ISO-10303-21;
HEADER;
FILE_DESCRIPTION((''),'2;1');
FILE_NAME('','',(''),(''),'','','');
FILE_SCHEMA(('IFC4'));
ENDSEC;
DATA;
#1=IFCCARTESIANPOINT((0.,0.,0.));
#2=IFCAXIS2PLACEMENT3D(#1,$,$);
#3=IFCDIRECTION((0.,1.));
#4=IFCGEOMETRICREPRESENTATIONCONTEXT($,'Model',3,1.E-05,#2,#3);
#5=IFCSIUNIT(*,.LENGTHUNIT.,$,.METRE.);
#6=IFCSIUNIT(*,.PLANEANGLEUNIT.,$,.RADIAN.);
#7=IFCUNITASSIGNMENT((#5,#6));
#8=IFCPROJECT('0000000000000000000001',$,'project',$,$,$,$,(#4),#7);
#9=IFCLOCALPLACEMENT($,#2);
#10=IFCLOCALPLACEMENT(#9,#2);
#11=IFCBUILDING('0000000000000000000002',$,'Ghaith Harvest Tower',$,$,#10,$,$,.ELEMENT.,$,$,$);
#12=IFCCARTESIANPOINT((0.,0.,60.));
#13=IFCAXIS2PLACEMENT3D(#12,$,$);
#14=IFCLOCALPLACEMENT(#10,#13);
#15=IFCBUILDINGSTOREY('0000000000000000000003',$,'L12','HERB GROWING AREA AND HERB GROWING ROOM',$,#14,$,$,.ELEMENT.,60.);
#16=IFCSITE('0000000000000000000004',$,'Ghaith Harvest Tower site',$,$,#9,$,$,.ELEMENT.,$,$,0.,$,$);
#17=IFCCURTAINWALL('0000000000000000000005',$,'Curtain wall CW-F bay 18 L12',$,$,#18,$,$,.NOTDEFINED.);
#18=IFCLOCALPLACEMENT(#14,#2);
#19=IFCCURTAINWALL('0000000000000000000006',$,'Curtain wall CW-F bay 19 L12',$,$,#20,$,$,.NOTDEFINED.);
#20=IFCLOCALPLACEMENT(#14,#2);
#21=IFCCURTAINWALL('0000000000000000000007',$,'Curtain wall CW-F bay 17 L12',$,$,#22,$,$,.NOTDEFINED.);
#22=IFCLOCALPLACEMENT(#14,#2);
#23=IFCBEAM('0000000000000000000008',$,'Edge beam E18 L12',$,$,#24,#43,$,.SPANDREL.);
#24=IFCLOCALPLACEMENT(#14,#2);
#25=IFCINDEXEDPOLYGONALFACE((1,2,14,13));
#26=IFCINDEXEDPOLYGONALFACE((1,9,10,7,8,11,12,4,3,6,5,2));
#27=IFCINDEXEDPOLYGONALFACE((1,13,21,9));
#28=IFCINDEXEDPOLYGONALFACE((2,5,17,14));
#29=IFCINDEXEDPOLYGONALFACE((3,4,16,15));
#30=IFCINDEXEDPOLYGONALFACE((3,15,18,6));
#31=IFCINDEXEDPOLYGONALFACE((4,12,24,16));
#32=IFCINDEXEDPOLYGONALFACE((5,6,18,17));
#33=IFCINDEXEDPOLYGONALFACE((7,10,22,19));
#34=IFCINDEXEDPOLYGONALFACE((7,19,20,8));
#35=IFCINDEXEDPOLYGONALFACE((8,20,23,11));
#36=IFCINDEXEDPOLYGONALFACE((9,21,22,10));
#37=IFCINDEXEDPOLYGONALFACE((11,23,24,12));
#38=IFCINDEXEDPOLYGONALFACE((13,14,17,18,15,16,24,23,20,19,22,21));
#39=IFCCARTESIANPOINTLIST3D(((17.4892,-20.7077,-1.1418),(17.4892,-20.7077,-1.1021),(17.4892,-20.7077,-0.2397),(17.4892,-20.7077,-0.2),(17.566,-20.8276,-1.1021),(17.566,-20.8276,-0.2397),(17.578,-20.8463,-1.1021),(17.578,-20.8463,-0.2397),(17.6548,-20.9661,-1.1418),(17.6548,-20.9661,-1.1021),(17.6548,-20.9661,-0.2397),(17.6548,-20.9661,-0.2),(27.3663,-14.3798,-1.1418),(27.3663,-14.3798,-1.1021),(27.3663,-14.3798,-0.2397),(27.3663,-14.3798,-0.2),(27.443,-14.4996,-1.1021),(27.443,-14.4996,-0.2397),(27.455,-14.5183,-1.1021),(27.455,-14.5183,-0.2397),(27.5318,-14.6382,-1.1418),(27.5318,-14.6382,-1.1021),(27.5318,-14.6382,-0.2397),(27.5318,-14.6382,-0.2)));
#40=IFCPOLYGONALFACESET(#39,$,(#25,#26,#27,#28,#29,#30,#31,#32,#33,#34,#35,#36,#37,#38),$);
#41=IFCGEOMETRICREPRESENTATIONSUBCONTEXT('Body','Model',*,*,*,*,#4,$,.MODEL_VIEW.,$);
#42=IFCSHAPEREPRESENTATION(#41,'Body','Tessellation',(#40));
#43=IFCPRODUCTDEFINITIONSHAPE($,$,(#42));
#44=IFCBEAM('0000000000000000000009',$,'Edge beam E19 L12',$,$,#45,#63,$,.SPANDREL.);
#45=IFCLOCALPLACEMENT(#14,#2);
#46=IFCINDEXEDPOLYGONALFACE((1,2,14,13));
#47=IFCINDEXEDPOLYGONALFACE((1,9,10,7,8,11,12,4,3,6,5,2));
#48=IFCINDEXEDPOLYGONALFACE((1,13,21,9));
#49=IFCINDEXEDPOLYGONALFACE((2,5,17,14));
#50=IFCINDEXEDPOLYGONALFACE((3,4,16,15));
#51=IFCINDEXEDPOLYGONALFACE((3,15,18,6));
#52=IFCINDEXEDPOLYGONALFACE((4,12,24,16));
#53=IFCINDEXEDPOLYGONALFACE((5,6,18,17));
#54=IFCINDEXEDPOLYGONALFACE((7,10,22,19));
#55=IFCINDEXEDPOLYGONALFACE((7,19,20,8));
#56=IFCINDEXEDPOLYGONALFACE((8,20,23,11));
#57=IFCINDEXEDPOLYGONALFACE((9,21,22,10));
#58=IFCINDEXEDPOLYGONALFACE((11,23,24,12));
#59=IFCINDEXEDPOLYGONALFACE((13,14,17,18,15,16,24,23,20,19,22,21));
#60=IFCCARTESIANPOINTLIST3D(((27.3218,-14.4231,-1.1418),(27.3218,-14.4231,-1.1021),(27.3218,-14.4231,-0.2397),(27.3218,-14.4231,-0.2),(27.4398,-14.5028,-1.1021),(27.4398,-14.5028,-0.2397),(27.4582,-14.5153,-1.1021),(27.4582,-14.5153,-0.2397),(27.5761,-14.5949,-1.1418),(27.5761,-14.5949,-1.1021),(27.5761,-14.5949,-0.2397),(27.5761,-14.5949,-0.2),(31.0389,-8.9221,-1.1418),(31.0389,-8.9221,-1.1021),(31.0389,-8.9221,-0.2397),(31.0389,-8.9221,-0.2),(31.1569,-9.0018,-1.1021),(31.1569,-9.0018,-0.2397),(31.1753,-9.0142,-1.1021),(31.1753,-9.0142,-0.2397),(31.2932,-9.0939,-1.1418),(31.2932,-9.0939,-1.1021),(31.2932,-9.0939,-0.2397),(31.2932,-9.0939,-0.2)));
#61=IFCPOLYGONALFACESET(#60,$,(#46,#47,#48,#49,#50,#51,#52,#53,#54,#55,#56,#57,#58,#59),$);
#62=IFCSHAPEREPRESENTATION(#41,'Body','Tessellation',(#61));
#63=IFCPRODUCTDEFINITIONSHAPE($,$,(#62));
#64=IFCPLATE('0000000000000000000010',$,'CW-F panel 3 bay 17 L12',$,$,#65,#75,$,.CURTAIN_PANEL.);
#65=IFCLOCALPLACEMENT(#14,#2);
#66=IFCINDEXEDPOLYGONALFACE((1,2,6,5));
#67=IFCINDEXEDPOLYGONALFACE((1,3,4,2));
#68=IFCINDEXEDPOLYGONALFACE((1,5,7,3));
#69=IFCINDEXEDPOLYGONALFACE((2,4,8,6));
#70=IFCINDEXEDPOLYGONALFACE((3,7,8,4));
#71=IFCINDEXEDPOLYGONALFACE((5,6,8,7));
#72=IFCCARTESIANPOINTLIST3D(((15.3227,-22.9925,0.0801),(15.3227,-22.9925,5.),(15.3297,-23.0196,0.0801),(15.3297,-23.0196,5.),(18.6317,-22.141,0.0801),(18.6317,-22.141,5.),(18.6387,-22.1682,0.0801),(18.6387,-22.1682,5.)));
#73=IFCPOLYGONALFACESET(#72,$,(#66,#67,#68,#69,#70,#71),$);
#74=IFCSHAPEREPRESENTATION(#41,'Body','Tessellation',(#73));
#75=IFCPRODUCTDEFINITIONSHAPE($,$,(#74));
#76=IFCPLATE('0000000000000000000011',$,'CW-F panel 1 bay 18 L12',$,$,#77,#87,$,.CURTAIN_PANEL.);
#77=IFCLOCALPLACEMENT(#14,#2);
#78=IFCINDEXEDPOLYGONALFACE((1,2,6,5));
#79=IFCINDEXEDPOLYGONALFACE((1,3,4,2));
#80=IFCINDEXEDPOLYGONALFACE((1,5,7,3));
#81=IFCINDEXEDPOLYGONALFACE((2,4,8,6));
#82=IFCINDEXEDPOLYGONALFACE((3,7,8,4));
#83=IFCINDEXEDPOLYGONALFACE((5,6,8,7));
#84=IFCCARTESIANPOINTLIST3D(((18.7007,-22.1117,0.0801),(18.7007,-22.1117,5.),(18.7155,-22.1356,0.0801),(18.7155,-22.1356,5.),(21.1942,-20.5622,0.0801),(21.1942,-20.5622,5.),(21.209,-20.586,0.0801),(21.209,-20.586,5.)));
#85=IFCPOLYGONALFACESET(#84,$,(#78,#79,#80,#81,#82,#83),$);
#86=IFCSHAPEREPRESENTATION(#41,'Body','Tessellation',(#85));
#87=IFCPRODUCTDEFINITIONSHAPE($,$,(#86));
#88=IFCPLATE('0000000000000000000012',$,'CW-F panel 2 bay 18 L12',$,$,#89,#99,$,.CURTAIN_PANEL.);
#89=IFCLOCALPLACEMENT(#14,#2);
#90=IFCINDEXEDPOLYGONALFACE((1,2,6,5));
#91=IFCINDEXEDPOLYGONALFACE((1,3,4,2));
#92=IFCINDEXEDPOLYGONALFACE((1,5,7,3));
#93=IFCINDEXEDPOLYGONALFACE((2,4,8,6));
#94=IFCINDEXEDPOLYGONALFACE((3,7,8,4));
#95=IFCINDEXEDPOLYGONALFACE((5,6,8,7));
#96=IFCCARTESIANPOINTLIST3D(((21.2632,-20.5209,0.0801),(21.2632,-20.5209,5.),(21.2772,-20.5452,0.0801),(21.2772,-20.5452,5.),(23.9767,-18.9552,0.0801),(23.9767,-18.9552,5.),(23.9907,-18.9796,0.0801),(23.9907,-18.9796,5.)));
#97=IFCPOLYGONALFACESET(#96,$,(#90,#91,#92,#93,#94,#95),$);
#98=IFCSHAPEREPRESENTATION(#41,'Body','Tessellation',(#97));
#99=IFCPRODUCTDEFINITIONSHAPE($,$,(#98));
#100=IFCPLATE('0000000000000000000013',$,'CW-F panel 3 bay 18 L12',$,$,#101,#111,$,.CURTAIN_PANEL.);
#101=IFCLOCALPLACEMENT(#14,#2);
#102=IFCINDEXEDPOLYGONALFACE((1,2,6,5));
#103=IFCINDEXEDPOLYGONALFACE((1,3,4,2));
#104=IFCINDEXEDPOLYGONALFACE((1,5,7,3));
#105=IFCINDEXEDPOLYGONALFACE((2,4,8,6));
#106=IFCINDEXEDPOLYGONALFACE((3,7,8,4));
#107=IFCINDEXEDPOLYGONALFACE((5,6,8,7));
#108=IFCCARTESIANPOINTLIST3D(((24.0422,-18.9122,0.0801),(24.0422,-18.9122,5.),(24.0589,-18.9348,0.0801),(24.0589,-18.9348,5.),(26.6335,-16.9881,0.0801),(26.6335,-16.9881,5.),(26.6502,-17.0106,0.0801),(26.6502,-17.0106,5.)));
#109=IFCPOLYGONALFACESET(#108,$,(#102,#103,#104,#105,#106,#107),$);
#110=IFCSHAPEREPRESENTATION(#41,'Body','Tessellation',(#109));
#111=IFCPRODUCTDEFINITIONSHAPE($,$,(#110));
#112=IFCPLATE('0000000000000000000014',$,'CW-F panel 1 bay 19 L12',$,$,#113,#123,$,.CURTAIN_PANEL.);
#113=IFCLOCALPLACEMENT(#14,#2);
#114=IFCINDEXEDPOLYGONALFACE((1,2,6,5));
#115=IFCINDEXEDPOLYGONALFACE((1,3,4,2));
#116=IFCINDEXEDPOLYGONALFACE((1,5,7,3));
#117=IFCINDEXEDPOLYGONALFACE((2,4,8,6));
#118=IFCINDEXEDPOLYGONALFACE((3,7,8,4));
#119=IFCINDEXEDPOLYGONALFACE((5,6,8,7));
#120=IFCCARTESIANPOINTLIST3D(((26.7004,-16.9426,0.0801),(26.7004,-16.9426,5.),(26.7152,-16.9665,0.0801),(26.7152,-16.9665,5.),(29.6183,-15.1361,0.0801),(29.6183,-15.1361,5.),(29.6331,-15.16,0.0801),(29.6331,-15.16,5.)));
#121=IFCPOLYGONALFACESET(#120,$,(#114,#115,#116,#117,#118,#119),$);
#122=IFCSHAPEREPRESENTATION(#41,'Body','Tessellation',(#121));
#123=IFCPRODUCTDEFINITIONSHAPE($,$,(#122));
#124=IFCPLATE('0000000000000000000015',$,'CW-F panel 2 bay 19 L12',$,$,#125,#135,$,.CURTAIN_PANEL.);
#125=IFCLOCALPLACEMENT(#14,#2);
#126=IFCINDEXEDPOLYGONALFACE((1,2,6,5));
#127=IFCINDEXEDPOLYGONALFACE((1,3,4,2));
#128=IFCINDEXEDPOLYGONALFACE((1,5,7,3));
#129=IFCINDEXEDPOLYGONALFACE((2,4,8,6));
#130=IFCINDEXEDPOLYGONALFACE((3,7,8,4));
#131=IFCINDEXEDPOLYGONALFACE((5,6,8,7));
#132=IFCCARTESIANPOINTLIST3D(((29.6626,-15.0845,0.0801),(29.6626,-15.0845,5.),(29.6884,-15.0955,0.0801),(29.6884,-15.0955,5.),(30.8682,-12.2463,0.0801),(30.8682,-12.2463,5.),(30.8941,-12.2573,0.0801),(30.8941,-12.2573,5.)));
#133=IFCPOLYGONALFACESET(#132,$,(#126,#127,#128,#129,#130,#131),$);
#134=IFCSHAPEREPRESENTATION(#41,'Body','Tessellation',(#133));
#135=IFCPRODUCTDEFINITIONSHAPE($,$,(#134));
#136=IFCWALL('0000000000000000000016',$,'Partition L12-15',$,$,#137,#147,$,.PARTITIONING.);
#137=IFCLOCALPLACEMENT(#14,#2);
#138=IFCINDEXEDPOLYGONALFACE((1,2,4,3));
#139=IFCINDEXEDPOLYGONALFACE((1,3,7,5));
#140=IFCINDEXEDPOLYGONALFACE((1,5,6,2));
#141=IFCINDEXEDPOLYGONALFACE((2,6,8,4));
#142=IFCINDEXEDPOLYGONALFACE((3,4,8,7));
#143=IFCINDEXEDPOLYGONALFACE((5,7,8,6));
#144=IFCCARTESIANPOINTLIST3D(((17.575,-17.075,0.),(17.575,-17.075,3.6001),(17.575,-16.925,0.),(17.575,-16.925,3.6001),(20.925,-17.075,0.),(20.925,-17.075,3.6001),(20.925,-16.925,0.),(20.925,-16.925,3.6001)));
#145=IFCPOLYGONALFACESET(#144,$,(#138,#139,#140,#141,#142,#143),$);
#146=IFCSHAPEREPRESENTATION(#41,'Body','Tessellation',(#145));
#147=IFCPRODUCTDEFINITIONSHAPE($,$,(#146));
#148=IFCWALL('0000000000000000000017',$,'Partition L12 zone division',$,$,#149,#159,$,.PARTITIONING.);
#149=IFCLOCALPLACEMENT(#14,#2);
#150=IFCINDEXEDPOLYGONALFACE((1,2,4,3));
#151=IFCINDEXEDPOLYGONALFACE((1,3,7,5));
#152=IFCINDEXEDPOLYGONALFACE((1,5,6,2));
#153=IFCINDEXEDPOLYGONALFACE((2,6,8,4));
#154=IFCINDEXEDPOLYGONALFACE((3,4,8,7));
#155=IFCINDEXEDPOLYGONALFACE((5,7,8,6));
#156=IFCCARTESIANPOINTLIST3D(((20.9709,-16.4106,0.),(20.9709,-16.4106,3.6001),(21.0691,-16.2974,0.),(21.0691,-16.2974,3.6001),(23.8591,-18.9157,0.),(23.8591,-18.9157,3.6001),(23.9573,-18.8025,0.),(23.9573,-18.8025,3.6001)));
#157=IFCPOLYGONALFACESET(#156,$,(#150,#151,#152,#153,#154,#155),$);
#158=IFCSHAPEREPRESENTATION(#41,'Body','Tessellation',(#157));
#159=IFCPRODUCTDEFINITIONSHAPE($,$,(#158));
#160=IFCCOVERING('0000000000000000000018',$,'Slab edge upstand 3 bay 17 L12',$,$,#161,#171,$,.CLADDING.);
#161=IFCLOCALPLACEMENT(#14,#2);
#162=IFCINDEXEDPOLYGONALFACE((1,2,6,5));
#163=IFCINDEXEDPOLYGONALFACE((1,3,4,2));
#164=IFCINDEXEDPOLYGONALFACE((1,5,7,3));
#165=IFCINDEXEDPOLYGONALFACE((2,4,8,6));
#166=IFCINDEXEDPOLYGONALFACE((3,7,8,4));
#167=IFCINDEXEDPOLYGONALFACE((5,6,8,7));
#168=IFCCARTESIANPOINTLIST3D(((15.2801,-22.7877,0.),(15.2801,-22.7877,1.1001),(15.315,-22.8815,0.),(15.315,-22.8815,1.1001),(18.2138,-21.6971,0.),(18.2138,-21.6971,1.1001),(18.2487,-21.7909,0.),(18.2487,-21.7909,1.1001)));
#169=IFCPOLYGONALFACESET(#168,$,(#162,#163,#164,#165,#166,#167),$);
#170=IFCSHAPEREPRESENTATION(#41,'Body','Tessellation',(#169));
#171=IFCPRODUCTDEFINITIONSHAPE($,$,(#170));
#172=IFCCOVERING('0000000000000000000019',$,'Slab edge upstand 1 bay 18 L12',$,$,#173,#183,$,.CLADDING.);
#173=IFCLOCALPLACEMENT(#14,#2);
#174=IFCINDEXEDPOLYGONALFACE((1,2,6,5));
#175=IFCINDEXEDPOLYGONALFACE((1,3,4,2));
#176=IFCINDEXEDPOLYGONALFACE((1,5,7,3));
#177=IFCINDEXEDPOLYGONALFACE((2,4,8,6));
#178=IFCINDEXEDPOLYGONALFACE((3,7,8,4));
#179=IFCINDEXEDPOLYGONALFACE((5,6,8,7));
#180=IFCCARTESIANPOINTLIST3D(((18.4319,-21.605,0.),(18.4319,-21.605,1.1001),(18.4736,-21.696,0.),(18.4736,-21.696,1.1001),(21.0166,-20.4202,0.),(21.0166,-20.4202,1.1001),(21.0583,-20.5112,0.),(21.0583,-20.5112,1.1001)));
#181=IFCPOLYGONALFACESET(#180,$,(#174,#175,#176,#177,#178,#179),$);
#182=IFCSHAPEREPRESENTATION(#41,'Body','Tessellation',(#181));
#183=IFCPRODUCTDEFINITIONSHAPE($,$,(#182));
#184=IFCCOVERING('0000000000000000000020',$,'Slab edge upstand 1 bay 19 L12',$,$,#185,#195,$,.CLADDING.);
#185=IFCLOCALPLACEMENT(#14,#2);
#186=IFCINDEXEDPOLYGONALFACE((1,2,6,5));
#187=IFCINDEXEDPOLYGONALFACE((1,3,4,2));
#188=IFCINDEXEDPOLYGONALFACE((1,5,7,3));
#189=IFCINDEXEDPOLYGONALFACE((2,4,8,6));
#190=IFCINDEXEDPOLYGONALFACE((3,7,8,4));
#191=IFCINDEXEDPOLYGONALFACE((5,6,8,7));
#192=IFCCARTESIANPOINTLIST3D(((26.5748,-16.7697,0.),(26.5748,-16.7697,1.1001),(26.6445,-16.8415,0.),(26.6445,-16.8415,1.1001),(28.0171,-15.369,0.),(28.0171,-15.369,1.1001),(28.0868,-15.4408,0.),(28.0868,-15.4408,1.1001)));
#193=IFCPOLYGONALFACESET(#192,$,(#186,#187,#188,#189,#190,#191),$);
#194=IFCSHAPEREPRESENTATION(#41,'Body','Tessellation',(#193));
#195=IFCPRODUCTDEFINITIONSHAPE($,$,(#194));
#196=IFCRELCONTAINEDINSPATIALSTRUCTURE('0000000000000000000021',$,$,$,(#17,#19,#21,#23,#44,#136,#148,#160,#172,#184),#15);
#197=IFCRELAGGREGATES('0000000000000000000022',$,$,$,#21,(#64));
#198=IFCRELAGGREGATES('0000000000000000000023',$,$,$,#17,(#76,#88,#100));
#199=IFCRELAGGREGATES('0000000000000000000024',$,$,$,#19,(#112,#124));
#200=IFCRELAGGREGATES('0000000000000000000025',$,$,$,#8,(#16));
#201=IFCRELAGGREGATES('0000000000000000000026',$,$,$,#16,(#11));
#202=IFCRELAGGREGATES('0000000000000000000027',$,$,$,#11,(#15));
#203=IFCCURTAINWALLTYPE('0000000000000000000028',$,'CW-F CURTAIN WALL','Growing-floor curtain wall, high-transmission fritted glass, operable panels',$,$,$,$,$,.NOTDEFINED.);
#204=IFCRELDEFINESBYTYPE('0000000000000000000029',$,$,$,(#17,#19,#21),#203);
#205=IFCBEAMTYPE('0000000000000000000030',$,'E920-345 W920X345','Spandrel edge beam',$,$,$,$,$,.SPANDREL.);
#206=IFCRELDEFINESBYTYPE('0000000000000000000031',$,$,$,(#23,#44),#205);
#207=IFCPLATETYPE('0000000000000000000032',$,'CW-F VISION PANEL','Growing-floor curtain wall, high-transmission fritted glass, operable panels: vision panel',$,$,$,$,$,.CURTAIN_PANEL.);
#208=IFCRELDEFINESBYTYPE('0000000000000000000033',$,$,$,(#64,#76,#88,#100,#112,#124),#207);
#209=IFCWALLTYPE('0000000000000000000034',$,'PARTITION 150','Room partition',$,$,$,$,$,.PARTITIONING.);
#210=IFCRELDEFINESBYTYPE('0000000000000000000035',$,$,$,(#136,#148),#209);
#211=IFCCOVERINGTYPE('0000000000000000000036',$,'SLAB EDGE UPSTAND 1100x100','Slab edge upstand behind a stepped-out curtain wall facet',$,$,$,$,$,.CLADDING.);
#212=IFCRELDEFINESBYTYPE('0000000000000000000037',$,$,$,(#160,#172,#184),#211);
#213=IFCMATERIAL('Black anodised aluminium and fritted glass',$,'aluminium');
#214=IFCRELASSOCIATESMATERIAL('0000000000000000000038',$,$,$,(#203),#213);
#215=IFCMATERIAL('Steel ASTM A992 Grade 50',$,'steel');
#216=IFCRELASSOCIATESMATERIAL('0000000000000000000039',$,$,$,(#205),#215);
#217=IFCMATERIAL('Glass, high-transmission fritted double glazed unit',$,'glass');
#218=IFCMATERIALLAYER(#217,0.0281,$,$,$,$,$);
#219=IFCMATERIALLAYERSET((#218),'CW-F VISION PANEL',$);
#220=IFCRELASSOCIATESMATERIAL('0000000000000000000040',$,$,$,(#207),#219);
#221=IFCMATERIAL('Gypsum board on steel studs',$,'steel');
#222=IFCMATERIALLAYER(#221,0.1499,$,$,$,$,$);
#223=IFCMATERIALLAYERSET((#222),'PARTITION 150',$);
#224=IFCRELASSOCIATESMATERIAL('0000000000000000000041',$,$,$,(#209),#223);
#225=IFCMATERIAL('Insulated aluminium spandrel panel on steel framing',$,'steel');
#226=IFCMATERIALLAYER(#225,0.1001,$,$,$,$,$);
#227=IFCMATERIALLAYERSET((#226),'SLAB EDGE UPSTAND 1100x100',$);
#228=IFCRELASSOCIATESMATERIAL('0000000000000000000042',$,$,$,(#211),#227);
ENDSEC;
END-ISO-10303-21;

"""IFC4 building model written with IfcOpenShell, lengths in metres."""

from ifc_helpers import new_model, si_unit, direction, frame, frame_2d, origin, origin_2d, place, context, subcontext, project, spatial, rectangle, i_section, extrude, material, layer, layer_set, material_profile, profile_set, type_object, element, aggregate, save


model = new_model("IFC4")

# Units and contexts
model_context = context("Model", 3, precision=1e-05, world=origin(), true_north=direction((0.0, 1.0)))
body_context = subcontext(model_context, "Body", "Model", "MODEL_VIEW")
ifc_project = project(units=[si_unit("LENGTHUNIT", "METRE"), si_unit("PLANEANGLEUNIT", "RADIAN")], contexts=[model_context])

# Site, building, storey
site_placement = place(None, origin())
site = spatial("IfcSite", under=ifc_project, at=site_placement, Name="Ghaith Harvest Tower site", CompositionType="ELEMENT", RefElevation=0.0)
building_placement = place(site_placement, origin())
building = spatial("IfcBuilding", under=site, at=building_placement, Name="Ghaith Harvest Tower", CompositionType="ELEMENT")
storey_placement = place(building_placement, frame((0.0, 0.0, 60.0)))
storey = spatial("IfcBuildingStorey", under=building, at=storey_placement, Name="L12", Description="HERB GROWING AREA AND HERB GROWING ROOM", CompositionType="ELEMENT", Elevation=60.0)

# Curtain walls
ifc_material_1 = material(Name="Black anodised aluminium and fritted glass", Category="aluminium")
curtain_wall_type = type_object("IfcCurtainWallType", Name="CW-F CURTAIN WALL", Description="Growing-floor curtain wall, high-transmission fritted glass, operable panels", PredefinedType="NOTDEFINED", material=ifc_material_1)
curtain_wall_1_placement = place(storey_placement, origin())
curtain_wall_1 = element("IfcCurtainWall", 1, at=curtain_wall_1_placement, inside=storey, type_object=curtain_wall_type, Name="Curtain wall CW-F bay 18 L12", PredefinedType="NOTDEFINED")
curtain_wall_2_placement = place(storey_placement, origin())
curtain_wall_2 = element("IfcCurtainWall", 2, at=curtain_wall_2_placement, inside=storey, type_object=curtain_wall_type, Name="Curtain wall CW-F bay 19 L12", PredefinedType="NOTDEFINED")

# Curtain wall
curtain_wall_3_placement = place(storey_placement, origin())
curtain_wall_3 = element("IfcCurtainWall", 3, at=curtain_wall_3_placement, inside=storey, type_object=curtain_wall_type, Name="Curtain wall CW-F bay 17 L12", PredefinedType="NOTDEFINED")

# Beams
ifc_material_2 = material(Name="Steel ASTM A992 Grade 50", Category="steel")
ifc_material_profile_1 = material_profile(ifc_material_2, i_section(OverallWidth=0.3069, OverallDepth=0.9419, WebThickness=0.0222, FlangeThickness=0.0398, at=origin_2d()), Name="W920X345")
ifc_profile_set_1 = profile_set([ifc_material_profile_1], Name="Steel ASTM A992 Grade 50")
beam_type = type_object("IfcBeamType", Name="E920-345 W920X345", Description="Spandrel edge beam", PredefinedType="SPANDREL", material=ifc_profile_set_1)
beam_1_placement = place(storey_placement, frame((17.572, -20.8369, -0.6709), z_axis=(0.842015, 0.539455, 0.0), x_axis=(-0.539455, 0.842015, 0.0)))
element("IfcBeam", 4, at=beam_1_placement, inside=storey, type_object=beam_type, Name="Edge beam E18 L12", PredefinedType="SPANDREL", context=body_context, shape_type="SweptSolid", body=[
    extrude(i_section(OverallWidth=0.3069, OverallDepth=0.9419, WebThickness=0.0222, FlangeThickness=0.0398, at=origin_2d()), origin(), (0.0, 0.0, 1.0), 11.7302),
])
beam_2_placement = place(storey_placement, frame((27.449, -14.509, -0.6709), z_axis=(0.559874, 0.828577, 0.0), x_axis=(-0.828577, 0.559874, 0.0)))
element("IfcBeam", 5, at=beam_2_placement, inside=storey, type_object=beam_type, Name="Edge beam E19 L12", PredefinedType="SPANDREL", context=body_context, shape_type="SweptSolid", body=[
    extrude(i_section(OverallWidth=0.3069, OverallDepth=0.9419, WebThickness=0.0222, FlangeThickness=0.0398, at=origin_2d()), origin(), (0.0, 0.0, 1.0), 6.6392),
])

# Plates
ifc_material_3 = material(Name="Glass, high-transmission fritted double glazed unit", Category="glass")
ifc_layer_1 = layer(ifc_material_3, 0.0281)
ifc_layer_set_1 = layer_set([ifc_layer_1], Name="CW-F VISION PANEL")
plate_type = type_object("IfcPlateType", Name="CW-F VISION PANEL", Description="Growing-floor curtain wall, high-transmission fritted glass, operable panels: vision panel", PredefinedType="CURTAIN_PANEL", material=ifc_layer_set_1)
plate_1_placement = place(storey_placement, frame((16.9807, -22.5803, 0.0801), z_axis=(0.0, 0.0, 1.0), x_axis=(0.968451, 0.249202, 0.0)))
plate_1 = element("IfcPlate", 6, at=plate_1_placement, type_object=plate_type, Name="CW-F panel 3 bay 17 L12", PredefinedType="CURTAIN_PANEL", context=body_context, shape_type="SweptSolid", body=[
    extrude(rectangle(XDim=3.4167, YDim=0.0281, at=origin_2d()), origin(), (0.0, 0.0, 1.0), 4.9199),
])
aggregate(curtain_wall_3, [plate_1])
plate_2_placement = place(storey_placement, frame((19.9548, -21.3489, 0.0801), z_axis=(0.0, 0.0, 1.0), x_axis=(0.849361, 0.527813, 0.0)))
plate_2 = element("IfcPlate", 7, at=plate_2_placement, type_object=plate_type, Name="CW-F panel 1 bay 18 L12", PredefinedType="CURTAIN_PANEL", context=body_context, shape_type="SweptSolid", body=[
    extrude(rectangle(XDim=2.9358, YDim=0.0281, at=origin_2d()), origin(), (0.0, 0.0, 1.0), 4.9199),
])
plate_3_placement = place(storey_placement, frame((22.627, -19.7502, 0.0801), z_axis=(0.0, 0.0, 1.0), x_axis=(0.866159, 0.499768, 0.0)))
plate_3 = element("IfcPlate", 8, at=plate_3_placement, type_object=plate_type, Name="CW-F panel 2 bay 18 L12", PredefinedType="CURTAIN_PANEL", context=body_context, shape_type="SweptSolid", body=[
    extrude(rectangle(XDim=3.1328, YDim=0.0281, at=origin_2d()), origin(), (0.0, 0.0, 1.0), 4.9199),
])
plate_4_placement = place(storey_placement, frame((25.3462, -17.9614, 0.0801), z_axis=(0.0, 0.0, 1.0), x_axis=(0.802867, 0.596158, 0.0)))
plate_4 = element("IfcPlate", 9, at=plate_4_placement, type_object=plate_type, Name="CW-F panel 3 bay 18 L12", PredefinedType="CURTAIN_PANEL", context=body_context, shape_type="SweptSolid", body=[
    extrude(rectangle(XDim=3.2275, YDim=0.0281, at=origin_2d()), origin(), (0.0, 0.0, 1.0), 4.9199),
])
aggregate(curtain_wall_1, [plate_2, plate_3, plate_4])
plate_5_placement = place(storey_placement, frame((28.1667, -16.0513, 0.0801), z_axis=(0.0, 0.0, 1.0), x_axis=(0.850246, 0.526386, 0.0)))
plate_5 = element("IfcPlate", 10, at=plate_5_placement, type_object=plate_type, Name="CW-F panel 1 bay 19 L12", PredefinedType="CURTAIN_PANEL", context=body_context, shape_type="SweptSolid", body=[
    extrude(rectangle(XDim=3.4319, YDim=0.0281, at=origin_2d()), origin(), (0.0, 0.0, 1.0), 4.9199),
])
plate_6_placement = place(storey_placement, frame((30.2783, -13.6709, 0.0801), z_axis=(0.0, 0.0, 1.0), x_axis=(0.39098, 0.920399, 0.0)))
plate_6 = element("IfcPlate", 11, at=plate_6_placement, type_object=plate_type, Name="CW-F panel 2 bay 19 L12", PredefinedType="CURTAIN_PANEL", context=body_context, shape_type="SweptSolid", body=[
    extrude(rectangle(XDim=3.0837, YDim=0.0281, at=origin_2d()), origin(), (0.0, 0.0, 1.0), 4.9199),
])
aggregate(curtain_wall_2, [plate_5, plate_6])

# Walls
ifc_material_4 = material(Name="Gypsum board on steel studs", Category="steel")
ifc_layer_2 = layer(ifc_material_4, 0.1499)
ifc_layer_set_2 = layer_set([ifc_layer_2], Name="PARTITION 150")
wall_type = type_object("IfcWallType", Name="PARTITION 150", Description="Room partition", PredefinedType="PARTITIONING", material=ifc_layer_set_2)
wall_1_placement = place(storey_placement, frame((17.575, -17.0, 0.0), z_axis=(0.0, 0.0, 1.0), x_axis=(1.0, 0.0, 0.0)))
element("IfcWall", 12, at=wall_1_placement, inside=storey, type_object=wall_type, Name="Partition L12-15", PredefinedType="PARTITIONING", context=body_context, shape_type="SweptSolid", body=[
    extrude(rectangle(XDim=3.3501, YDim=0.1499, at=frame_2d((1.675, 0.0))), origin(), (0.0, 0.0, 1.0), 3.6001),
])
wall_2_placement = place(storey_placement, frame((21.02, -16.354, 0.0), z_axis=(0.0, 0.0, 1.0), x_axis=(0.755426, -0.655234, 0.0)))
element("IfcWall", 13, at=wall_2_placement, inside=storey, type_object=wall_type, Name="Partition L12 zone division", PredefinedType="PARTITIONING", context=body_context, shape_type="SweptSolid", body=[
    extrude(rectangle(XDim=3.8232, YDim=0.1499, at=frame_2d((1.9116, 0.0))), origin(), (0.0, 0.0, 1.0), 3.6001),
])

# Coverings
ifc_material_5 = material(Name="Insulated aluminium spandrel panel on steel framing", Category="steel")
ifc_layer_3 = layer(ifc_material_5, 0.1001)
ifc_layer_set_3 = layer_set([ifc_layer_3], Name="SLAB EDGE UPSTAND 1100x100")
covering_type = type_object("IfcCoveringType", Name="SLAB EDGE UPSTAND 1100x100", Description="Slab edge upstand behind a stepped-out curtain wall facet", PredefinedType="CLADDING", material=ifc_layer_set_3)
covering_1_placement = place(storey_placement, frame((16.7644, -22.2893, 0.0), z_axis=(0.0, 0.0, 1.0), x_axis=(0.937332, 0.348438, 0.0)))
element("IfcCovering", 14, at=covering_1_placement, inside=storey, type_object=covering_type, Name="Slab edge upstand 3 bay 17 L12", PredefinedType="CLADDING", context=body_context, shape_type="SweptSolid", body=[
    extrude(rectangle(XDim=3.1299, YDim=0.1001, at=origin_2d()), origin(), (0.0, 0.0, 1.0), 1.1001),
])
covering_2_placement = place(storey_placement, frame((19.7451, -21.0581, 0.0), z_axis=(0.0, 0.0, 1.0), x_axis=(0.909046, 0.416696, 0.0)))
element("IfcCovering", 15, at=covering_2_placement, inside=storey, type_object=covering_type, Name="Slab edge upstand 1 bay 18 L12", PredefinedType="CLADDING", context=body_context, shape_type="SweptSolid", body=[
    extrude(rectangle(XDim=2.8433, YDim=0.1001, at=origin_2d()), origin(), (0.0, 0.0, 1.0), 1.1001),
])
covering_3_placement = place(storey_placement, frame((27.3308, -16.1052, 0.0), z_axis=(0.0, 0.0, 1.0), x_axis=(0.717386, 0.696675, 0.0)))
element("IfcCovering", 16, at=covering_3_placement, inside=storey, type_object=covering_type, Name="Slab edge upstand 1 bay 19 L12", PredefinedType="CLADDING", context=body_context, shape_type="SweptSolid", body=[
    extrude(rectangle(XDim=2.0105, YDim=0.1001, at=origin_2d()), origin(), (0.0, 0.0, 1.0), 1.1001),
])

save(model, "model.ifc")
